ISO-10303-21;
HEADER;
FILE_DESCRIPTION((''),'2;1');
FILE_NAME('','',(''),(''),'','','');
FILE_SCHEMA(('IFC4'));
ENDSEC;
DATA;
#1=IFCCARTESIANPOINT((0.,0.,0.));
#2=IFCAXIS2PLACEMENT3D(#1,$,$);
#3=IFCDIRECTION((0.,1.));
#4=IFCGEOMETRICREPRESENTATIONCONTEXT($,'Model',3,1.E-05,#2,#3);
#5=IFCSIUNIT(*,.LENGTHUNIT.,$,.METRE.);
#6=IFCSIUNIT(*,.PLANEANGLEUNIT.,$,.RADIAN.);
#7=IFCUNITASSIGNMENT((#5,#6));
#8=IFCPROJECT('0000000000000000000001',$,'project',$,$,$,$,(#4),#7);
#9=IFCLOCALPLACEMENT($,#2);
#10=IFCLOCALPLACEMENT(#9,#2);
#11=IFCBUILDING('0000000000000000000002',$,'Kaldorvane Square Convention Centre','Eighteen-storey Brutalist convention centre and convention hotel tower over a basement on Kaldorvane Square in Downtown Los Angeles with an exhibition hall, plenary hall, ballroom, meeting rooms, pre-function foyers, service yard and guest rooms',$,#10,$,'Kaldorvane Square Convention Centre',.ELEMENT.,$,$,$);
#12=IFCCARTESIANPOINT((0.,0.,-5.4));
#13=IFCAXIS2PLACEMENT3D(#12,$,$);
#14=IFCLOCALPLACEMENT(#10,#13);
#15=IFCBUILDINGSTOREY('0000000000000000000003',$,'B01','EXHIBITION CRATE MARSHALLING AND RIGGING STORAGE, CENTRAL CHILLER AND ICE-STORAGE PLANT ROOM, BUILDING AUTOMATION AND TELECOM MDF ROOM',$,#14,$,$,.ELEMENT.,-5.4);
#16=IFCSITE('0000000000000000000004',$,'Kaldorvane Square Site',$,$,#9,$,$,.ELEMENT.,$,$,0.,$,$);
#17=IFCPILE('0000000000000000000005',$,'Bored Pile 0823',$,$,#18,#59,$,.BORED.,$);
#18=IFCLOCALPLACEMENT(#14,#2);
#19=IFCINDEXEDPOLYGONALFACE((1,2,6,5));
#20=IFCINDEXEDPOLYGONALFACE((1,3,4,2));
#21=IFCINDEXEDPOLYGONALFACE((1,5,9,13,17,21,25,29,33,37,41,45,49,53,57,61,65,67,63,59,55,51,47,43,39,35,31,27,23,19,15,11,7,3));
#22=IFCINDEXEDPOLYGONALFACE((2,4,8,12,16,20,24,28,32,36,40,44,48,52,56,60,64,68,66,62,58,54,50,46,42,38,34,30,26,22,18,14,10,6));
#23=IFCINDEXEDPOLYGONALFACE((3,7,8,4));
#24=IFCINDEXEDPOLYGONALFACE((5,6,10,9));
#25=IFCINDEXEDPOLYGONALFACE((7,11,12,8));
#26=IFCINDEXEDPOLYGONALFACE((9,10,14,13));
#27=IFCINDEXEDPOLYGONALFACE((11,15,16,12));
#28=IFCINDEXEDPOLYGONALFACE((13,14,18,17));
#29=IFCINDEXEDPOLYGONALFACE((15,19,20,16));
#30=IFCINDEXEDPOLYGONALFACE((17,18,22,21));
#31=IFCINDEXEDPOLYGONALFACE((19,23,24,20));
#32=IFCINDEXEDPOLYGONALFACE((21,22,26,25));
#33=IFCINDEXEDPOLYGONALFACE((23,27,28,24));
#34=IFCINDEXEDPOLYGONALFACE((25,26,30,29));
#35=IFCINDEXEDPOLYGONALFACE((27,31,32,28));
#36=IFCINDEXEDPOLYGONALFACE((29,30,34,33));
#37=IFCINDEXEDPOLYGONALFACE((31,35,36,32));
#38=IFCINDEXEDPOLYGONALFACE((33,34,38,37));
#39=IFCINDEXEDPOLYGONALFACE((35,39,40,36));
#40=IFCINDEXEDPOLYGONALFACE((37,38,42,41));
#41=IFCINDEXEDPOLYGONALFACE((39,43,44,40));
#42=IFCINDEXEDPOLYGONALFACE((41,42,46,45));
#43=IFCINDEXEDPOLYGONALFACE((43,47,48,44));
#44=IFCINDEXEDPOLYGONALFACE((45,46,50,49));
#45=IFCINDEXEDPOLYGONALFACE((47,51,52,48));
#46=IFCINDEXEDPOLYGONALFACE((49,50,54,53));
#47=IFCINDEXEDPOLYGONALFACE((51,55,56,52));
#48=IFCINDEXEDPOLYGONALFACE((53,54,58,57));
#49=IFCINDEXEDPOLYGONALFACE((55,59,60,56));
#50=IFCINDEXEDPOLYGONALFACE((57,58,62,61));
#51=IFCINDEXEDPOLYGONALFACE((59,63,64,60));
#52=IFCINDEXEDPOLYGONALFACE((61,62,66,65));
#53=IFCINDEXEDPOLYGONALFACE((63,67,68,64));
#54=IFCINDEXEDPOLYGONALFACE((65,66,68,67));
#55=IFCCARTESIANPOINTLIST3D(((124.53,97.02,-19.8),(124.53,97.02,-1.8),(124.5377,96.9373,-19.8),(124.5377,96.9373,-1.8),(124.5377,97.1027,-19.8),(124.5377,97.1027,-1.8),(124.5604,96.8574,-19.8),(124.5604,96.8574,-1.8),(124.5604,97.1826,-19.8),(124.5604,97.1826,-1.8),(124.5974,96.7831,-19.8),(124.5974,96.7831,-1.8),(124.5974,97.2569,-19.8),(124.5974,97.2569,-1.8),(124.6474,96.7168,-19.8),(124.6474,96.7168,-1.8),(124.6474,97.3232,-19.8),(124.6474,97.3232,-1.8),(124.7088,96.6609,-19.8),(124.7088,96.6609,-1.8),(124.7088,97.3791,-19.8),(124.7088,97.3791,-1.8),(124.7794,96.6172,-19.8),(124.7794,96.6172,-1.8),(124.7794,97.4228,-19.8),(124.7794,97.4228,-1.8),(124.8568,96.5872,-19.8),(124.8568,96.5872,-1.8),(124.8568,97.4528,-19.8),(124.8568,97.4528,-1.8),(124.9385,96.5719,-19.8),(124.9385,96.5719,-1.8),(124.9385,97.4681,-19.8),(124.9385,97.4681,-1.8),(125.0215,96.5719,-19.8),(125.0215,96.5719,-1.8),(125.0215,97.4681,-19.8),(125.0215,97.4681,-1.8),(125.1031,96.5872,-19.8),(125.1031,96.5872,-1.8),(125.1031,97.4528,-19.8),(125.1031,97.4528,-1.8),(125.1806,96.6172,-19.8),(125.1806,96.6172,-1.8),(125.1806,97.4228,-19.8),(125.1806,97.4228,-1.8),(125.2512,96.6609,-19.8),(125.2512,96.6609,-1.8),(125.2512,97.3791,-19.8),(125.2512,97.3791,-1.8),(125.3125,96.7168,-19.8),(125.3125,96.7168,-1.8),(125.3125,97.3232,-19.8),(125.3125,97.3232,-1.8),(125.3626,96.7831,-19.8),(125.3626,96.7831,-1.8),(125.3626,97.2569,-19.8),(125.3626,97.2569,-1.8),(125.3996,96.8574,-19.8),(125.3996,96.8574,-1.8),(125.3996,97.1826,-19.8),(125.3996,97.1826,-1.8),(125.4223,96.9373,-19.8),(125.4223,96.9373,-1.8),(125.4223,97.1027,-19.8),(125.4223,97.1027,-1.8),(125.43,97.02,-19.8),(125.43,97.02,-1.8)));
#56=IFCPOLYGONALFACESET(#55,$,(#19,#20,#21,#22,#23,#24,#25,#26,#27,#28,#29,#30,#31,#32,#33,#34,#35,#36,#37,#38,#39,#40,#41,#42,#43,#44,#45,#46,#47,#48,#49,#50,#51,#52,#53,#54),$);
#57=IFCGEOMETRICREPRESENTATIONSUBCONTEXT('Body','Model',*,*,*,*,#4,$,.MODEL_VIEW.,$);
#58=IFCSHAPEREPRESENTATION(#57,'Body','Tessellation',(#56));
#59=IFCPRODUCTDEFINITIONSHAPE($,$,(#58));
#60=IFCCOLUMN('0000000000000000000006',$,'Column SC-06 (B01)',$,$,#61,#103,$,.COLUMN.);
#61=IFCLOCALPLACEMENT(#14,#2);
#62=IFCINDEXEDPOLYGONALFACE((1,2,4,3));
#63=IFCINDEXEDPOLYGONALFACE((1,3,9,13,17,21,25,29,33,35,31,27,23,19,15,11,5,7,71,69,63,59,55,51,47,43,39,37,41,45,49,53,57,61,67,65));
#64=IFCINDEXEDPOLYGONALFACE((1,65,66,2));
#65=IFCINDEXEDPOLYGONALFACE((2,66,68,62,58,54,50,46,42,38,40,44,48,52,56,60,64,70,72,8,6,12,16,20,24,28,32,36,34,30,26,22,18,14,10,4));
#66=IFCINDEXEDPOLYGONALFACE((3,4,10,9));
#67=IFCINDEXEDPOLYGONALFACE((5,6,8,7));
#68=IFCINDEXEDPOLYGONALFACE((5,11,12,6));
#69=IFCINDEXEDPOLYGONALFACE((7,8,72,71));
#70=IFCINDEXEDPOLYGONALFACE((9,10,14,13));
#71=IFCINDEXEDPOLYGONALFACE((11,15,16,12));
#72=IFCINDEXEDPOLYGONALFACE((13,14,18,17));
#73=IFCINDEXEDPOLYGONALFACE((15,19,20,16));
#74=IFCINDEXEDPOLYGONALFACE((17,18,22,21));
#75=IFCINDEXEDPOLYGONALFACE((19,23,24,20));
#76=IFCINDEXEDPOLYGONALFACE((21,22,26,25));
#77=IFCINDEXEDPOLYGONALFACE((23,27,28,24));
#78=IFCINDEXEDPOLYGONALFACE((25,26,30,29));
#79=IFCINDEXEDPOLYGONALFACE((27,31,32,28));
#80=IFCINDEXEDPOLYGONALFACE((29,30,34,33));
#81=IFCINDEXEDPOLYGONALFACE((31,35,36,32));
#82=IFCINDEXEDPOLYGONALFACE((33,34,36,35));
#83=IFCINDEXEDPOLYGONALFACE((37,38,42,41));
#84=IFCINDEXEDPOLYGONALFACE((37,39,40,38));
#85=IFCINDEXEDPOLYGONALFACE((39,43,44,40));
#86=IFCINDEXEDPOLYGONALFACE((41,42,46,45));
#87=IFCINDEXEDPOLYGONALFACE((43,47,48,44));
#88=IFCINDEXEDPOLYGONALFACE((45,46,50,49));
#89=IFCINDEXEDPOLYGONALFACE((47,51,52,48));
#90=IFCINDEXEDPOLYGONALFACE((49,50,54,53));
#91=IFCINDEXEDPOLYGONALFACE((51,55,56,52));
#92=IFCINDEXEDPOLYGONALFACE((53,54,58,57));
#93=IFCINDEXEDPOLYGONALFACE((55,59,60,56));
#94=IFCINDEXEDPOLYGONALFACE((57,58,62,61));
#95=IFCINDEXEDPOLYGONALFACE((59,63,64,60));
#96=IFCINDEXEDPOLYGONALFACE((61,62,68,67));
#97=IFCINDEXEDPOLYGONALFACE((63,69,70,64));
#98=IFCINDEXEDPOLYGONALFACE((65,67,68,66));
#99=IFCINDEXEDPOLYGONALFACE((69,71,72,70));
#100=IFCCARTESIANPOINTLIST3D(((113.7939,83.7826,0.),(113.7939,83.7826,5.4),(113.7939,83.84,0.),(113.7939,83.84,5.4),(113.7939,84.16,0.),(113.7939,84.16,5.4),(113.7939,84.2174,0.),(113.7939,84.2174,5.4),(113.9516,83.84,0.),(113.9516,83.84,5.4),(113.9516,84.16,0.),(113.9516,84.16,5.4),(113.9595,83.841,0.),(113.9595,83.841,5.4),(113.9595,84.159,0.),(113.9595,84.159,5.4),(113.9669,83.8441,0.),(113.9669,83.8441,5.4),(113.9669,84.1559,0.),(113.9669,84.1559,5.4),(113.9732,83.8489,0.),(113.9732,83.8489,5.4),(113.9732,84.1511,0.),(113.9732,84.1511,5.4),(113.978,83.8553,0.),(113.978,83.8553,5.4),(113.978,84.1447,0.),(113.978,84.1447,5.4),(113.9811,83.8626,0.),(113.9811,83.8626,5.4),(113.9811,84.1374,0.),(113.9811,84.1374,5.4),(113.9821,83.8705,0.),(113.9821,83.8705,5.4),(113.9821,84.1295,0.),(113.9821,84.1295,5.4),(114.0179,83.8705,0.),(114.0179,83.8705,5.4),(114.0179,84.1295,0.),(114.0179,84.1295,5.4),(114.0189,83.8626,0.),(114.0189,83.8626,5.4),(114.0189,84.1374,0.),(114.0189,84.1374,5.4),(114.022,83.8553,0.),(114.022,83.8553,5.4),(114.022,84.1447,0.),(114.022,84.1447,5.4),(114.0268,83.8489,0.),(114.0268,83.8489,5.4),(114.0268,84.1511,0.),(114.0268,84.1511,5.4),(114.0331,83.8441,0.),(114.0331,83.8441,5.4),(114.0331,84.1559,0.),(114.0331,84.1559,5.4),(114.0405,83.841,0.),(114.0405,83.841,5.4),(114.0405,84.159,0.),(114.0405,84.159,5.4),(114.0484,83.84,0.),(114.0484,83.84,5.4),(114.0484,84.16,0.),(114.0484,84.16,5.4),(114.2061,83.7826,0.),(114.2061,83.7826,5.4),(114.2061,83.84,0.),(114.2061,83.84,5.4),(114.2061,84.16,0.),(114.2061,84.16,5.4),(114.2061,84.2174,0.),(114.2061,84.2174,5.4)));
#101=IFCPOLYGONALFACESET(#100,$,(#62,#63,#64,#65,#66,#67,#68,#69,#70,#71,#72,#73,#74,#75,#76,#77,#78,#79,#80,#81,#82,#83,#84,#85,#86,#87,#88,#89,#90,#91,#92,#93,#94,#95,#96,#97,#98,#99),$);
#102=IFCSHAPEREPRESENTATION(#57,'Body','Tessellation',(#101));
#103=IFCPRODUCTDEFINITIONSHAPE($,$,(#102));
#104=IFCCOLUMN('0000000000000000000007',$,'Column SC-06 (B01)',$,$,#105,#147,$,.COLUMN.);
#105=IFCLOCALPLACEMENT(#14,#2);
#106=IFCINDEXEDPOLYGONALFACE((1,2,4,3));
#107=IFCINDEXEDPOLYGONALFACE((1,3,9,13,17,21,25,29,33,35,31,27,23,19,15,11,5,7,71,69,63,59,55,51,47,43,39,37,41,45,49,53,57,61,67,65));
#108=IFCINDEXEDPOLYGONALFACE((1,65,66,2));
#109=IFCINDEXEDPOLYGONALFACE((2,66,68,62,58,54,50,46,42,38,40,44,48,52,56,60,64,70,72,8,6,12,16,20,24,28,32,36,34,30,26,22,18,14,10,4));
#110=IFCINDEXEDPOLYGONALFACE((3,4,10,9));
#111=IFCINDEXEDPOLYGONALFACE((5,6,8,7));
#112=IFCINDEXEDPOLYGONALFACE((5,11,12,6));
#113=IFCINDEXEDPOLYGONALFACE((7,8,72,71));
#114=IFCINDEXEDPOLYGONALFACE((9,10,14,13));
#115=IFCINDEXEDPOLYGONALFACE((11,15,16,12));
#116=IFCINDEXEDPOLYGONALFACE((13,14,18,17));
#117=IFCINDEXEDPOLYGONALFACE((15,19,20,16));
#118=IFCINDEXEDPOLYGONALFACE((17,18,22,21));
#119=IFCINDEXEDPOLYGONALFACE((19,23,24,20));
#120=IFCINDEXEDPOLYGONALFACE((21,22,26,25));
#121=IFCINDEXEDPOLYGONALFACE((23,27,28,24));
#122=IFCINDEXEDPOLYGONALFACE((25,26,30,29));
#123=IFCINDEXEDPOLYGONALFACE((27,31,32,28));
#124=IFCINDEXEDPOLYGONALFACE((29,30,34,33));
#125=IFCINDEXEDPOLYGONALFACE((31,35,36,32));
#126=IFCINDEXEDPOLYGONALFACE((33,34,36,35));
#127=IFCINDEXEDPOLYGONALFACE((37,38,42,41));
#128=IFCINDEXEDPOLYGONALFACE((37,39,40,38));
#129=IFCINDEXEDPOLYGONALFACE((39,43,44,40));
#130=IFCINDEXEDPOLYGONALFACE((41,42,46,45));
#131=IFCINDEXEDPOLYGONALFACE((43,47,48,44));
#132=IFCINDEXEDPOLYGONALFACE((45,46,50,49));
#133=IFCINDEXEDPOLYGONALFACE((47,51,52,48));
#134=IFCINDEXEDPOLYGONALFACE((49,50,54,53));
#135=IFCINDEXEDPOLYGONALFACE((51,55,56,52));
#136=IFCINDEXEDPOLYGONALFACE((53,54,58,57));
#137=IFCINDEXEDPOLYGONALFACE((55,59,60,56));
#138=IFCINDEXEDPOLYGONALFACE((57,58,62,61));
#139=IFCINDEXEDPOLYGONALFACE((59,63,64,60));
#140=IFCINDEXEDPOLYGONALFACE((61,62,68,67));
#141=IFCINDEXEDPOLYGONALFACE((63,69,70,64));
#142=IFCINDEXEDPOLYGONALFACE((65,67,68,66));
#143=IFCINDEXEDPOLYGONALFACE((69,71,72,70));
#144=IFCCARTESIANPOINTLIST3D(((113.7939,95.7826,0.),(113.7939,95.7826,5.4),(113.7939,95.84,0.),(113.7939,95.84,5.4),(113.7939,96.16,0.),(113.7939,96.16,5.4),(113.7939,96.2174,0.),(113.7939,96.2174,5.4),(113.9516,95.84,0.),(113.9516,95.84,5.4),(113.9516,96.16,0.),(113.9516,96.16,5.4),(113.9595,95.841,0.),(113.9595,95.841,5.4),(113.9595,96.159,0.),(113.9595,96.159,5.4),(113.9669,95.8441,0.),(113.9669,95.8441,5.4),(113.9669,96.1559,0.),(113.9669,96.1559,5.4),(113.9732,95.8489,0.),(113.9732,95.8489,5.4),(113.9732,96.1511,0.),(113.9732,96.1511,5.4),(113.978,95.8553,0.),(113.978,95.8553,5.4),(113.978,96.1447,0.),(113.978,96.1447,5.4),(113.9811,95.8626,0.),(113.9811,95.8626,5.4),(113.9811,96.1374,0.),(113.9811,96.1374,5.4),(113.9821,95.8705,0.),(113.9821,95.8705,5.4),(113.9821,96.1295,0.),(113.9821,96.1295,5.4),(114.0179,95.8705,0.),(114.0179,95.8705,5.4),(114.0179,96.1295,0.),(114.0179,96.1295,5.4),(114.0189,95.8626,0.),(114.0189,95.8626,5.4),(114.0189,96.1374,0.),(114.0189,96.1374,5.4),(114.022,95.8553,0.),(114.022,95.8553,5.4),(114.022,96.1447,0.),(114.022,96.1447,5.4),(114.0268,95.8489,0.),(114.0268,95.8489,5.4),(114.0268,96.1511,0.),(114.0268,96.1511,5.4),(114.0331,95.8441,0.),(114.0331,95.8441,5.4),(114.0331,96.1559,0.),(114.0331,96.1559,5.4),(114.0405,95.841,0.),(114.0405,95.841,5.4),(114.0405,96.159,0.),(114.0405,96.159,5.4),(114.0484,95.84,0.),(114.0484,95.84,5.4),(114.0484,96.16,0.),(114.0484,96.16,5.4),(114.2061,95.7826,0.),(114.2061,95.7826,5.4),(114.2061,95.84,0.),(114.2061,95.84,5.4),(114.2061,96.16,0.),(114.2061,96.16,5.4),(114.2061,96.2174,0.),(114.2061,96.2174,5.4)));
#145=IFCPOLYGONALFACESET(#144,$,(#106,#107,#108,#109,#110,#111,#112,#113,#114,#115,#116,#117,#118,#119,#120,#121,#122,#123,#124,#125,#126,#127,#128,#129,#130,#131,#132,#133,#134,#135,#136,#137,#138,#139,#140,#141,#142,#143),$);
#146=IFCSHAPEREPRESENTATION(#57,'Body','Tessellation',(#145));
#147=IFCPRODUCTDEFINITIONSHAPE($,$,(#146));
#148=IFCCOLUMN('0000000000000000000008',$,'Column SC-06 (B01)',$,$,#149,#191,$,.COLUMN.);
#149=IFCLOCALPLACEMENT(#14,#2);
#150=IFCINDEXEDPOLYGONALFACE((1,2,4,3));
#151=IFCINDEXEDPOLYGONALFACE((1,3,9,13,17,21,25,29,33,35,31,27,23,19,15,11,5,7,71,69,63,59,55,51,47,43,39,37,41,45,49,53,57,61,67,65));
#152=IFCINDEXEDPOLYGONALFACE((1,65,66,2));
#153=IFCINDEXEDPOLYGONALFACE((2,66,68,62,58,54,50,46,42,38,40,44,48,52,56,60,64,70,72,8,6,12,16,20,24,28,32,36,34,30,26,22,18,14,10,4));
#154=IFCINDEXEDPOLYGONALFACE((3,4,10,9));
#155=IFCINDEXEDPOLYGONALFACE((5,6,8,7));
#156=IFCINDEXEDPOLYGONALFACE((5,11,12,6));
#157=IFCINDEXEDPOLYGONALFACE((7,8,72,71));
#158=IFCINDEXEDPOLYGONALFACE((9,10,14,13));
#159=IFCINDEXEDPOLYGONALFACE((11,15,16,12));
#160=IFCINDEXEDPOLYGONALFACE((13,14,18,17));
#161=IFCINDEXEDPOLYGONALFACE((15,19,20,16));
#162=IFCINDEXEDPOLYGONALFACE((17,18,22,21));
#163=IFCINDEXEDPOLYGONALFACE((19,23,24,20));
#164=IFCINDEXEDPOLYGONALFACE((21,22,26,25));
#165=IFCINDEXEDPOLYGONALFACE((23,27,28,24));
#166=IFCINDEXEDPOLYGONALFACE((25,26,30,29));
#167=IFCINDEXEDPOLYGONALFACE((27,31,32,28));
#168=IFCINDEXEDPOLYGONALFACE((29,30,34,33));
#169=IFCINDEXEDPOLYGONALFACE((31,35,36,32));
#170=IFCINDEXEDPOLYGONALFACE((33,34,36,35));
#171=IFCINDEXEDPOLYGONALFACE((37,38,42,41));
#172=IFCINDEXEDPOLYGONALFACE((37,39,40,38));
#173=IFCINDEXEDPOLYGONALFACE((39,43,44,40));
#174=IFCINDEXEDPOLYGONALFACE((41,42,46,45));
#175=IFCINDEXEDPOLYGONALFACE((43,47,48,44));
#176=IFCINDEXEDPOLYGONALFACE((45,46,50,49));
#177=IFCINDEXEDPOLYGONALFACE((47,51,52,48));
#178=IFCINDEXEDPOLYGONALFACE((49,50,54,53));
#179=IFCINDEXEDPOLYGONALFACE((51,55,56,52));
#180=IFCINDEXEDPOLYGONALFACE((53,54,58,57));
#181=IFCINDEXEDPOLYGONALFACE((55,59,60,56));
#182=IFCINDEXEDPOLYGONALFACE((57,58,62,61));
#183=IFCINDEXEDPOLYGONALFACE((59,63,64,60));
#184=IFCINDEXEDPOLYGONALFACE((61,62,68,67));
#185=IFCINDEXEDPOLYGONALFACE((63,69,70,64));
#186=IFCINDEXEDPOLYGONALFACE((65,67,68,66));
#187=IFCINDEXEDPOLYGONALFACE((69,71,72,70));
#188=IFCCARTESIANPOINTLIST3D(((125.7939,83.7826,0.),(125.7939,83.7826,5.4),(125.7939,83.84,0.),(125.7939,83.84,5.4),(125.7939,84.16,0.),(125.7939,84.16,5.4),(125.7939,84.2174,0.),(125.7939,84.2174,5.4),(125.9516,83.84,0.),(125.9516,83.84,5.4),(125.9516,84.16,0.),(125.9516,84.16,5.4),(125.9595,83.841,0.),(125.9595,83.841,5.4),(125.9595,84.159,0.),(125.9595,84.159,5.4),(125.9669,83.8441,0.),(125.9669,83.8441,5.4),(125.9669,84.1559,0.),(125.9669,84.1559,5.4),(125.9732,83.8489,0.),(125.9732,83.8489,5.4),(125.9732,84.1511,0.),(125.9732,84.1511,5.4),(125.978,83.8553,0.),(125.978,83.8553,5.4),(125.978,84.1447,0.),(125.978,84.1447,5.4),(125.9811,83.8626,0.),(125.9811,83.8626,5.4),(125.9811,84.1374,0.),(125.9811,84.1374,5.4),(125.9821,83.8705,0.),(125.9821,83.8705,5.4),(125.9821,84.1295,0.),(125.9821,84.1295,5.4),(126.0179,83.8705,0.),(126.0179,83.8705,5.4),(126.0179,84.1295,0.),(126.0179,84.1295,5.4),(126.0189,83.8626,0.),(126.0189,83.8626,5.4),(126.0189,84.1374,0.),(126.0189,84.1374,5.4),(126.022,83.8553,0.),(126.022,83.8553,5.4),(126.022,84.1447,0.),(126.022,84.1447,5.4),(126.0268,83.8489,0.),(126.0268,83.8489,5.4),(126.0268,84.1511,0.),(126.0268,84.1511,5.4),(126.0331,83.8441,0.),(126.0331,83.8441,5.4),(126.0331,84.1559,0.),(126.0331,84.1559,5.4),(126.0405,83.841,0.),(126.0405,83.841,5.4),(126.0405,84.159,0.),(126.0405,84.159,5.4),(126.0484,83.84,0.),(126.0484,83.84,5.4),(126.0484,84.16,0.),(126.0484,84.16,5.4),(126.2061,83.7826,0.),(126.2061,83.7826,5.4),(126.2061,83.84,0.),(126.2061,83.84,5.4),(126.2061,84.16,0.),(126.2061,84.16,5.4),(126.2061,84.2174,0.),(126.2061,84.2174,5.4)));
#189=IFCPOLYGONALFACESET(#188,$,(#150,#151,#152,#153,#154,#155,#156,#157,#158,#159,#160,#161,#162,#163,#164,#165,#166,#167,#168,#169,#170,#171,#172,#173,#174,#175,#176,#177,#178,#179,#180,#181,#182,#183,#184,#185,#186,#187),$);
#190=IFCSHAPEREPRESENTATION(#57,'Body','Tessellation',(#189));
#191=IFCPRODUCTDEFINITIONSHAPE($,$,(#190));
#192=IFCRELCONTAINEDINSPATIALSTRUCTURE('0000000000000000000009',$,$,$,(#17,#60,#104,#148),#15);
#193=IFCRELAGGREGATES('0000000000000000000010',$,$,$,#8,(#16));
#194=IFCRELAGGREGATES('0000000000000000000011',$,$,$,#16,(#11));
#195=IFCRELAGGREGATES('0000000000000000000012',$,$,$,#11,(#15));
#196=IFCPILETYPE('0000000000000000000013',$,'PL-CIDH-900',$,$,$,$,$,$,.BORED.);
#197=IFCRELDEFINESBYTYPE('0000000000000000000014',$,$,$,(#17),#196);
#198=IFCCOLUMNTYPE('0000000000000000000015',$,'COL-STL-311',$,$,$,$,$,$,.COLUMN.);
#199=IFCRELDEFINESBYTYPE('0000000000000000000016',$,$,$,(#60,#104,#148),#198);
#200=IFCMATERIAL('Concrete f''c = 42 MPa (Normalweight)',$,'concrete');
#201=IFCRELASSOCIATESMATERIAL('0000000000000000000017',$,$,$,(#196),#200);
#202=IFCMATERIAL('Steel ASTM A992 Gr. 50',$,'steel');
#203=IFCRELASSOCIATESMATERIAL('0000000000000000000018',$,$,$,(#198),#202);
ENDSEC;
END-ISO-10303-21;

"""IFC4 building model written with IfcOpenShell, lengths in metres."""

from ifc_helpers import new_model, si_unit, direction, frame, origin, origin_2d, place, context, subcontext, project, spatial, circle, i_section, extrude, material, material_profile, profile_set, type_object, element, save


model = new_model("IFC4")

# Units and contexts
model_context = context("Model", 3, precision=1e-05, world=origin(), true_north=direction((0.0, 1.0)))
body_context = subcontext(model_context, "Body", "Model", "MODEL_VIEW")
ifc_project = project(units=[si_unit("LENGTHUNIT", "METRE"), si_unit("PLANEANGLEUNIT", "RADIAN")], contexts=[model_context])

# Site, building, storey
site_placement = place(None, origin())
site = spatial("IfcSite", under=ifc_project, at=site_placement, Name="Kaldorvane Square Site", CompositionType="ELEMENT", RefElevation=0.0)
building_placement = place(site_placement, origin())
building = spatial("IfcBuilding", under=site, at=building_placement, Name="Kaldorvane Square Convention Centre", Description="Eighteen-storey Brutalist convention centre and convention hotel tower over a basement on Kaldorvane Square in Downtown Los Angeles with an exhibition hall, plenary hall, ballroom, meeting rooms, pre-function foyers, service yard and guest rooms", LongName="Kaldorvane Square Convention Centre", CompositionType="ELEMENT")
storey_placement = place(building_placement, frame((0.0, 0.0, -5.4)))
storey = spatial("IfcBuildingStorey", under=building, at=storey_placement, Name="B01", Description="EXHIBITION CRATE MARSHALLING AND RIGGING STORAGE, CENTRAL CHILLER AND ICE-STORAGE PLANT ROOM, BUILDING AUTOMATION AND TELECOM MDF ROOM", CompositionType="ELEMENT", Elevation=-5.4)

# Shared definitions
ifc_material_1 = material(Name="Concrete f'c = 42 MPa (Normalweight)", Category="concrete")

# Pile
ifc_material_profile_1 = material_profile(ifc_material_1, circle(Radius=0.45, at=origin_2d()), Name="PILE-D900")
ifc_profile_set_1 = profile_set([ifc_material_profile_1], Name="Concrete f'c = 42 MPa (Normalweight)")
pile_type = type_object("IfcPileType", Name="PL-CIDH-900", PredefinedType="BORED", material=ifc_profile_set_1)
for number, where, z_axis, x_axis, name in (
    (1, (124.98, 97.02, -1.8), (0.0, 0.0, -1.0), (1.0, 0.0, 0.0), "Bored Pile 0823"),
):
    element("IfcPile", number, at=place(storey_placement, frame(where, z_axis=z_axis, x_axis=x_axis)), inside=storey, type_object=pile_type, Name=name, PredefinedType="BORED", context=body_context, shape_type="SweptSolid", body=[
        extrude(circle(Radius=0.45, at=origin_2d()), origin(), (0.0, 0.0, 1.0), 18.0),
    ])

# Columns
ifc_material_2 = material(Name="Steel ASTM A992 Gr. 50", Category="steel")
ifc_material_profile_2 = material_profile(ifc_material_2, i_section(OverallWidth=0.4122, OverallDepth=0.4348, WebThickness=0.0358, FlangeThickness=0.0574, FilletRadius=0.0305, at=origin_2d()), Name="W14X311")
ifc_profile_set_2 = profile_set([ifc_material_profile_2], Name="Steel ASTM A992 Gr. 50")
column_type = type_object("IfcColumnType", Name="COL-STL-311", PredefinedType="COLUMN", material=ifc_profile_set_2)
for number, where, z_axis, x_axis, name in (
    (2, (114.0, 84.0, 0.0), (0.0, 0.0, 1.0), (1.0, 0.0, 0.0), "Column SC-06 (B01)"),
    (3, (114.0, 96.0, 0.0), (0.0, 0.0, 1.0), (1.0, 0.0, 0.0), "Column SC-06 (B01)"),
    (4, (126.0, 84.0, 0.0), (0.0, 0.0, 1.0), (1.0, 0.0, 0.0), "Column SC-06 (B01)"),
):
    element("IfcColumn", number, at=place(storey_placement, frame(where, z_axis=z_axis, x_axis=x_axis)), inside=storey, type_object=column_type, Name=name, PredefinedType="COLUMN", context=body_context, shape_type="SweptSolid", body=[
        extrude(i_section(OverallWidth=0.4122, OverallDepth=0.4348, WebThickness=0.0358, FlangeThickness=0.0574, FilletRadius=0.0305, at=origin_2d()), origin(), (0.0, 0.0, 1.0), 5.4),
    ])

save(model, "model.ifc")
